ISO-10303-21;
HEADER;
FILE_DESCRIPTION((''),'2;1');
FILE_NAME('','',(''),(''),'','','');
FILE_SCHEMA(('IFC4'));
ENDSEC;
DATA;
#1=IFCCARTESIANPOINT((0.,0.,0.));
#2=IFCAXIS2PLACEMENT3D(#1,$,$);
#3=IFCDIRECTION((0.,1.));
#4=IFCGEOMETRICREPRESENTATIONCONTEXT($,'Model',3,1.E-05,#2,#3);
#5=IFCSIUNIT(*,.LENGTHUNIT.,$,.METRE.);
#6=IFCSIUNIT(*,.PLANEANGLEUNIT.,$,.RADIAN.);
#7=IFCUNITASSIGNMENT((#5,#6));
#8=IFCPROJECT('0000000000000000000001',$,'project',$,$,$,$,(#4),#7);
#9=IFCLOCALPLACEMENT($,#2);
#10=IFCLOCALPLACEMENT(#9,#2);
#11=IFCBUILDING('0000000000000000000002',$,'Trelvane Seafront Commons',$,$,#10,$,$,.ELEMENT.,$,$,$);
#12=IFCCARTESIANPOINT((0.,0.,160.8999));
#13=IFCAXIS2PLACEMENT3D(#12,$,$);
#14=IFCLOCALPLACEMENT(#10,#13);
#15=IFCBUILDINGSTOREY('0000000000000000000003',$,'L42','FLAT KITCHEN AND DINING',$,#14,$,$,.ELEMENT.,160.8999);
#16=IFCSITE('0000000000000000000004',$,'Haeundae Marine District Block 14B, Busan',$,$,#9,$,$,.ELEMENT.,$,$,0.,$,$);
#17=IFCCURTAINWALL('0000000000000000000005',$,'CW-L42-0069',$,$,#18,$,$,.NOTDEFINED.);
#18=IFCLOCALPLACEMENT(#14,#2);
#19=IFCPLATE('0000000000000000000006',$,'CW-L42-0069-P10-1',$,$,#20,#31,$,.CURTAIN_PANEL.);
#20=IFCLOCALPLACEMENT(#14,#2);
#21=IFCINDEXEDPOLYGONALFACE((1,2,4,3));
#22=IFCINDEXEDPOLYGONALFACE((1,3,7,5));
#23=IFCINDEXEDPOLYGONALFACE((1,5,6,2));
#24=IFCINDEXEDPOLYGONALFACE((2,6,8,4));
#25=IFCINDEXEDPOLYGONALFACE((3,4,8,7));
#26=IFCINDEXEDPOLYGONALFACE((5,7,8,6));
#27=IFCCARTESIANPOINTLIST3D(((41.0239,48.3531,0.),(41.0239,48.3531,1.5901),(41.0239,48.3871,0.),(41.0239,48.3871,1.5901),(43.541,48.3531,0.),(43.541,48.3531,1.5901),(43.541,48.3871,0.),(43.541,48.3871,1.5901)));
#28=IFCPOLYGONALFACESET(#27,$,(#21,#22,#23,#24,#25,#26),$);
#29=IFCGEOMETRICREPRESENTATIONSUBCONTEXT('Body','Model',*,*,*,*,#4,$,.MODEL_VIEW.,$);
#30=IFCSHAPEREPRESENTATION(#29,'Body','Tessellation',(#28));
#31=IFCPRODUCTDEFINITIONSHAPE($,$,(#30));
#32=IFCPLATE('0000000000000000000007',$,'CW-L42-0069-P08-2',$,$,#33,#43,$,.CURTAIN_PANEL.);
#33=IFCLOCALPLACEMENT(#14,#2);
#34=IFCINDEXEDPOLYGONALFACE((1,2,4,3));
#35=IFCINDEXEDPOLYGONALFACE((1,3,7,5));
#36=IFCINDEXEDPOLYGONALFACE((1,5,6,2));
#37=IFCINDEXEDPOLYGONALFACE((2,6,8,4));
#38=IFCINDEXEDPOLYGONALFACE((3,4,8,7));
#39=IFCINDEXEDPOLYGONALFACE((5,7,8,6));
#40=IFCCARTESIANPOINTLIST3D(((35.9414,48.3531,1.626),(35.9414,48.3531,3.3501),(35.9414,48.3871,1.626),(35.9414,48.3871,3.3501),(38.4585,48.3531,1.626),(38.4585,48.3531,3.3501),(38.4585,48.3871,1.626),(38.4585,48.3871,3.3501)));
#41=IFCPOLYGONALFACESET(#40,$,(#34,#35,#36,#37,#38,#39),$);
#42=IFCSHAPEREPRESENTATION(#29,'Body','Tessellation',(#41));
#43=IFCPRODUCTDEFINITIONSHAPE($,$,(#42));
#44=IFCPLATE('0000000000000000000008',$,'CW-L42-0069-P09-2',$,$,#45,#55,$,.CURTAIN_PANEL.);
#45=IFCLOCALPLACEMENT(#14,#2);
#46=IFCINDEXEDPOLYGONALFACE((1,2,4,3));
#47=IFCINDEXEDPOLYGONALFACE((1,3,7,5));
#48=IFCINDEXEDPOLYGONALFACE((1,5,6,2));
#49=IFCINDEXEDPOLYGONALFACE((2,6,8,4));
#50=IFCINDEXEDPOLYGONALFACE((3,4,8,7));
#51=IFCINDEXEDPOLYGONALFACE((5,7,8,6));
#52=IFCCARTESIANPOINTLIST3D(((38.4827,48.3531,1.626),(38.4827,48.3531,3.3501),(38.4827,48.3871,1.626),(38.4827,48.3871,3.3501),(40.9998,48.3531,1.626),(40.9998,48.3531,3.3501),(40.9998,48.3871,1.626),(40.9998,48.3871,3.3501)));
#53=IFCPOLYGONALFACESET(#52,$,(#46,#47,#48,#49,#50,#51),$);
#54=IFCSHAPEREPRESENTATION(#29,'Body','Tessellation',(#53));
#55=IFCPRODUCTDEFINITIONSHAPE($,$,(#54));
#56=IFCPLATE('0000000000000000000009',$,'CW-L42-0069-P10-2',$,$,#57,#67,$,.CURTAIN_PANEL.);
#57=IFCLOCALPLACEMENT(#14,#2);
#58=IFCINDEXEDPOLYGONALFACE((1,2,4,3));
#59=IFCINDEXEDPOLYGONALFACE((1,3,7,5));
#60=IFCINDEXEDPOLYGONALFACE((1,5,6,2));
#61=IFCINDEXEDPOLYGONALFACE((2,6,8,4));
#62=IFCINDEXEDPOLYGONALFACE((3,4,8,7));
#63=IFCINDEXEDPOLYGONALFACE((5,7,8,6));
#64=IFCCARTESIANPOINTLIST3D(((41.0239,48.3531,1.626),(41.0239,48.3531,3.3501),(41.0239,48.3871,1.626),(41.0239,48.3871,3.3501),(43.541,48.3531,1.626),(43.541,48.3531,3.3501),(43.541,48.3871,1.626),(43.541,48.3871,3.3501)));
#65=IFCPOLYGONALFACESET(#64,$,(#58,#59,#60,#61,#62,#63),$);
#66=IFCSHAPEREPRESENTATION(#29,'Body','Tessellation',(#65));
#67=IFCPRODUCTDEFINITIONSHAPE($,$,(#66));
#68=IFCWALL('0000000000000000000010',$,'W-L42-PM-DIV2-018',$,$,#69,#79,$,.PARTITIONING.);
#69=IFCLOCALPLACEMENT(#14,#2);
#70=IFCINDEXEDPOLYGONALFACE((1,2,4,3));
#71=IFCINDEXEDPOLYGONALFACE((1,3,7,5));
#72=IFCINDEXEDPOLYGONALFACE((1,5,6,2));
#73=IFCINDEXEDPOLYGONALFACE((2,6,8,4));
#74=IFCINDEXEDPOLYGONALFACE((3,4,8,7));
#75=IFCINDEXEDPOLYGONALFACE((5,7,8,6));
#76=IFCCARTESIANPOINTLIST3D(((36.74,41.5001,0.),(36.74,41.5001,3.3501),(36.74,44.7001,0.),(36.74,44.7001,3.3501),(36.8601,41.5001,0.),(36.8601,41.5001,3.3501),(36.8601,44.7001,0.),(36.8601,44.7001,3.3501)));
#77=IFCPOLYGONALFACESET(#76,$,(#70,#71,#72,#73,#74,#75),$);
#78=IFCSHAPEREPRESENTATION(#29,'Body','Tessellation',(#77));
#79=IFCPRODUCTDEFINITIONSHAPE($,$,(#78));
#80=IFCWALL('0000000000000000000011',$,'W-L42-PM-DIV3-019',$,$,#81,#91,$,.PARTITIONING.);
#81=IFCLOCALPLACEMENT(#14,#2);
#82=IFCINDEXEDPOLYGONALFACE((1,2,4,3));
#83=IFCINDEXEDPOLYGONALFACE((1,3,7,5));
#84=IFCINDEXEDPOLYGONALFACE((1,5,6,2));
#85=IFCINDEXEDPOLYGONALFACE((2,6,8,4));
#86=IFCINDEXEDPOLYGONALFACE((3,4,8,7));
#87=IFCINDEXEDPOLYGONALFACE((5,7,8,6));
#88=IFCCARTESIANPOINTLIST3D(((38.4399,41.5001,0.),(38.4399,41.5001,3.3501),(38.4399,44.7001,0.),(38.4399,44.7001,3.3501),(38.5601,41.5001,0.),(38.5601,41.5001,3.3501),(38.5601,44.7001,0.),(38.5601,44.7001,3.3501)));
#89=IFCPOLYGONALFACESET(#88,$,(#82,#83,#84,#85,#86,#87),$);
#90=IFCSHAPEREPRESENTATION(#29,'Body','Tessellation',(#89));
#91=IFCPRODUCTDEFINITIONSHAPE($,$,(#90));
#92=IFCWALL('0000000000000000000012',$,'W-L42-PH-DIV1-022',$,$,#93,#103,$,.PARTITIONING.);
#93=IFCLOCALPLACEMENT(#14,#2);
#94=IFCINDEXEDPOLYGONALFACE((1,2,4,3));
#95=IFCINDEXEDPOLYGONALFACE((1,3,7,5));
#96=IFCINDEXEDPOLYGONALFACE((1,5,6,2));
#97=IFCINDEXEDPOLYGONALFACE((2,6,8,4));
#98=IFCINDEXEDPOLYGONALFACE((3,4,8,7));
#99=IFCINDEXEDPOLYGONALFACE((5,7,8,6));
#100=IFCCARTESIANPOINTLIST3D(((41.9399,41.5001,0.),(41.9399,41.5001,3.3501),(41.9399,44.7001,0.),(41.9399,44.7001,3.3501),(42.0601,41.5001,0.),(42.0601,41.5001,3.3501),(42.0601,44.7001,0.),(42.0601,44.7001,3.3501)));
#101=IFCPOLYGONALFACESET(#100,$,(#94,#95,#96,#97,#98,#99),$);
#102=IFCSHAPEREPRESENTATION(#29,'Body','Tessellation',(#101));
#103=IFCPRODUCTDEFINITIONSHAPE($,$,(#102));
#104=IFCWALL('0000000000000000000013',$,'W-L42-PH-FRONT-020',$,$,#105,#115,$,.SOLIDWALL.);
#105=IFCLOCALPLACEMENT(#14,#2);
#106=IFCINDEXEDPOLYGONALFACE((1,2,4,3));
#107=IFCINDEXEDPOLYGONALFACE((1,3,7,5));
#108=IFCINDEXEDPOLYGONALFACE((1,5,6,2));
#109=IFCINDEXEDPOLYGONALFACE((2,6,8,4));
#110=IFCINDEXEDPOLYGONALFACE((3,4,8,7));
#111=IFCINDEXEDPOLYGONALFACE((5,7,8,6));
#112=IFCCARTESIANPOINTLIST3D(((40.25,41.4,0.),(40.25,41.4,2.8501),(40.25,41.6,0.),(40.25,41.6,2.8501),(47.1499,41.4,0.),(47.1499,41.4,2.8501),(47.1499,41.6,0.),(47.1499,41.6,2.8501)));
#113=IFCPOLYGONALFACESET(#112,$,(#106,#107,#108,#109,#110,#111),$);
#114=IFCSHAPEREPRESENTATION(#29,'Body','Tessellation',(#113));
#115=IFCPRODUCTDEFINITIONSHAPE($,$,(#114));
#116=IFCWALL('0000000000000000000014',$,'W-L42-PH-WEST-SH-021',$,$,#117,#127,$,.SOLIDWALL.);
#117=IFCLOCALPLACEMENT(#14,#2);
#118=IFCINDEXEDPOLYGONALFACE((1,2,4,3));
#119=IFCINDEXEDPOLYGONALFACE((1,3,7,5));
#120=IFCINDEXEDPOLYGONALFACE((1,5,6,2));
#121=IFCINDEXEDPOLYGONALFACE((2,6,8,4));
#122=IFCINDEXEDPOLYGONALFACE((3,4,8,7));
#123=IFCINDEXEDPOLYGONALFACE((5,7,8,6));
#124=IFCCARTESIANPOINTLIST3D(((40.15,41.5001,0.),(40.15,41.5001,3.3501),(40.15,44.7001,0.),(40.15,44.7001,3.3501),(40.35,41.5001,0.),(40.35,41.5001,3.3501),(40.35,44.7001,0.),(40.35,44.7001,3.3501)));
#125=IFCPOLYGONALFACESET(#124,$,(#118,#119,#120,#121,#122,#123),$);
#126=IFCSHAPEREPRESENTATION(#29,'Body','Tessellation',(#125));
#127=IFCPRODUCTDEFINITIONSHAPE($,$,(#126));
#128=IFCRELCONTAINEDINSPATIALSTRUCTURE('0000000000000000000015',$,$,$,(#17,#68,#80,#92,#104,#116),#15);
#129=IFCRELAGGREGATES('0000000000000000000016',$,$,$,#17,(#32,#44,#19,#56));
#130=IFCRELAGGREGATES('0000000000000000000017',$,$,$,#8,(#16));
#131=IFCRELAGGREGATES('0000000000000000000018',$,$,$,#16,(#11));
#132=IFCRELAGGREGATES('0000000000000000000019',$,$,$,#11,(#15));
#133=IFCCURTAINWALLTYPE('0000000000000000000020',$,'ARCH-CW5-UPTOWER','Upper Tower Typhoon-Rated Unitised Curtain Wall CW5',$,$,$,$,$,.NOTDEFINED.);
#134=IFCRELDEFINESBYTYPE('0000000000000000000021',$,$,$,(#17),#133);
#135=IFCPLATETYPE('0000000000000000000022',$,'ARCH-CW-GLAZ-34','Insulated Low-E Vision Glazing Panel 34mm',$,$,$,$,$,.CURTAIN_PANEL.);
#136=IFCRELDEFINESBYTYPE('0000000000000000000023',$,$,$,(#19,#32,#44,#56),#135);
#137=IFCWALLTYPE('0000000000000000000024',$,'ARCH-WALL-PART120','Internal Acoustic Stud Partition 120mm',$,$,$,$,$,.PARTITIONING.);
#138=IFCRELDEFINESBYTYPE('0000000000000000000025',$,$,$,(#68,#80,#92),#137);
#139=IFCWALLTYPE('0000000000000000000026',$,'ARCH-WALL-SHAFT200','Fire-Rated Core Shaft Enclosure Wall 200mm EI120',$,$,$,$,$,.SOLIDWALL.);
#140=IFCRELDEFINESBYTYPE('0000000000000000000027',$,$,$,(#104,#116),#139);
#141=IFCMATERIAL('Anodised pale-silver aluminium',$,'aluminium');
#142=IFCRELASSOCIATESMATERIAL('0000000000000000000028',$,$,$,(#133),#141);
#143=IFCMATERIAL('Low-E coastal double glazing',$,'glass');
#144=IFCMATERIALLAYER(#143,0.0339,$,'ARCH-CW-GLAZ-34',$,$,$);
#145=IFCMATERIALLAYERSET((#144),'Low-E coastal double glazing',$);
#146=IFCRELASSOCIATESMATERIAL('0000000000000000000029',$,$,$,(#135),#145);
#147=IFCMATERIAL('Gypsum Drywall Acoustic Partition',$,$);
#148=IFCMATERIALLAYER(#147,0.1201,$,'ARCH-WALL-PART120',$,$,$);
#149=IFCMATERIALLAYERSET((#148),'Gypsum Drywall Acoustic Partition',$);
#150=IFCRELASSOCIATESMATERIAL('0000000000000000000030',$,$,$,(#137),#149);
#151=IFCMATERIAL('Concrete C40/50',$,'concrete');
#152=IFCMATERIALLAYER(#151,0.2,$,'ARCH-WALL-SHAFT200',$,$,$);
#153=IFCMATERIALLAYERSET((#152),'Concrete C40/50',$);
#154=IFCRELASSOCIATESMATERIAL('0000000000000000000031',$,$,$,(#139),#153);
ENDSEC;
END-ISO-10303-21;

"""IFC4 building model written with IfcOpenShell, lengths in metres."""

from ifc_helpers import new_model, si_unit, direction, frame, frame_2d, origin, origin_2d, place, context, subcontext, project, spatial, rectangle, extrude, source, transform, mapped, material, layer, layer_set, type_object, element, aggregate, save


model = new_model("IFC4")

# Units and contexts
model_context = context("Model", 3, precision=1e-05, world=origin(), true_north=direction((0.0, 1.0)))
body_context = subcontext(model_context, "Body", "Model", "MODEL_VIEW")
ifc_project = project(units=[si_unit("LENGTHUNIT", "METRE"), si_unit("PLANEANGLEUNIT", "RADIAN")], contexts=[model_context])

# Site, building, storey
site_placement = place(None, origin())
site = spatial("IfcSite", under=ifc_project, at=site_placement, Name="Haeundae Marine District Block 14B, Busan", CompositionType="ELEMENT", RefElevation=0.0)
building_placement = place(site_placement, origin())
building = spatial("IfcBuilding", under=site, at=building_placement, Name="Trelvane Seafront Commons", CompositionType="ELEMENT")
storey_placement = place(building_placement, frame((0.0, 0.0, 160.8999)))
storey = spatial("IfcBuildingStorey", under=building, at=storey_placement, Name="L42", Description="FLAT KITCHEN AND DINING", CompositionType="ELEMENT", Elevation=160.8999)

# Curtain wall
ifc_material_1 = material(Name="Anodised pale-silver aluminium", Category="aluminium")
curtain_wall_type = type_object("IfcCurtainWallType", Name="ARCH-CW5-UPTOWER", Description="Upper Tower Typhoon-Rated Unitised Curtain Wall CW5", PredefinedType="NOTDEFINED", material=ifc_material_1)
curtain_wall_placement = place(storey_placement, origin())
curtain_wall = element("IfcCurtainWall", 1, at=curtain_wall_placement, inside=storey, type_object=curtain_wall_type, Name="CW-L42-0069", PredefinedType="NOTDEFINED")

# Plates
ifc_material_2 = material(Name="Low-E coastal double glazing", Category="glass")
ifc_layer_1 = layer(ifc_material_2, 0.0339, Name="ARCH-CW-GLAZ-34")
ifc_layer_set_1 = layer_set([ifc_layer_1], Name="Low-E coastal double glazing")
plate_type_1 = type_object("IfcPlateType", Name="ARCH-CW-GLAZ-34", Description="Insulated Low-E Vision Glazing Panel 34mm", PredefinedType="CURTAIN_PANEL", material=ifc_layer_set_1)
shared_shape_1 = source(origin(), body_context, "Body", "SweptSolid", [
    extrude(rectangle(XDim=2.5171, YDim=0.0339, at=origin_2d()), origin(), (0.0, 0.0, 1.0), 1.5901),
])
plate_1_placement = place(storey_placement, frame((42.2825, 48.3701, 0.0), z_axis=(0.0, 0.0, 1.0), x_axis=(1.0, 0.0, 0.0)))
plate_1 = element("IfcPlate", 2, at=plate_1_placement, type_object=plate_type_1, Name="CW-L42-0069-P10-1", PredefinedType="CURTAIN_PANEL", context=body_context, shape_type="MappedRepresentation", body=[
    mapped(shared_shape_1, transform((0.0, 0.0, 0.0), x_axis=(1.0, 0.0, 0.0), y_axis=(0.0, 1.0, 0.0), z_axis=(0.0, 0.0, 1.0), scale=1.0)),
])
shared_shape_2 = source(origin(), body_context, "Body", "SweptSolid", [
    extrude(rectangle(XDim=2.5171, YDim=0.0339, at=origin_2d()), origin(), (0.0, 0.0, 1.0), 1.7241),
])
plate_2_placement = place(storey_placement, frame((37.2, 48.3701, 1.626), z_axis=(0.0, 0.0, 1.0), x_axis=(1.0, 0.0, 0.0)))
plate_2 = element("IfcPlate", 3, at=plate_2_placement, type_object=plate_type_1, Name="CW-L42-0069-P08-2", PredefinedType="CURTAIN_PANEL", context=body_context, shape_type="MappedRepresentation", body=[
    mapped(shared_shape_2, transform((0.0, 0.0, 0.0), x_axis=(1.0, 0.0, 0.0), y_axis=(0.0, 1.0, 0.0), z_axis=(0.0, 0.0, 1.0), scale=1.0)),
])
plate_3_placement = place(storey_placement, frame((39.7412, 48.3701, 1.626), z_axis=(0.0, 0.0, 1.0), x_axis=(1.0, 0.0, 0.0)))
plate_3 = element("IfcPlate", 4, at=plate_3_placement, type_object=plate_type_1, Name="CW-L42-0069-P09-2", PredefinedType="CURTAIN_PANEL", context=body_context, shape_type="MappedRepresentation", body=[
    mapped(shared_shape_2, transform((0.0, 0.0, 0.0), x_axis=(1.0, 0.0, 0.0), y_axis=(0.0, 1.0, 0.0), z_axis=(0.0, 0.0, 1.0), scale=1.0)),
])
plate_4_placement = place(storey_placement, frame((42.2825, 48.3701, 1.626), z_axis=(0.0, 0.0, 1.0), x_axis=(1.0, 0.0, 0.0)))
plate_4 = element("IfcPlate", 5, at=plate_4_placement, type_object=plate_type_1, Name="CW-L42-0069-P10-2", PredefinedType="CURTAIN_PANEL", context=body_context, shape_type="MappedRepresentation", body=[
    mapped(shared_shape_2, transform((0.0, 0.0, 0.0), x_axis=(1.0, 0.0, 0.0), y_axis=(0.0, 1.0, 0.0), z_axis=(0.0, 0.0, 1.0), scale=1.0)),
])
aggregate(curtain_wall, [plate_2, plate_3, plate_1, plate_4])

# Walls
ifc_material_3 = material(Name="Gypsum Drywall Acoustic Partition")
ifc_layer_2 = layer(ifc_material_3, 0.1201, Name="ARCH-WALL-PART120")
ifc_layer_set_2 = layer_set([ifc_layer_2], Name="Gypsum Drywall Acoustic Partition")
wall_type_1 = type_object("IfcWallType", Name="ARCH-WALL-PART120", Description="Internal Acoustic Stud Partition 120mm", PredefinedType="PARTITIONING", material=ifc_layer_set_2)
for number, where, z_axis, x_axis, name in (
    (6, (36.8, 41.5, 0.0), (0.0, 0.0, 1.0), (0.0, 1.0, 0.0), "W-L42-PM-DIV2-018"),
    (7, (38.5, 41.5, 0.0), (0.0, 0.0, 1.0), (0.0, 1.0, 0.0), "W-L42-PM-DIV3-019"),
    (8, (42.0, 41.5, 0.0), (0.0, 0.0, 1.0), (0.0, 1.0, 0.0), "W-L42-PH-DIV1-022"),
):
    element("IfcWall", number, at=place(storey_placement, frame(where, z_axis=z_axis, x_axis=x_axis)), inside=storey, type_object=wall_type_1, Name=name, PredefinedType="PARTITIONING", context=body_context, shape_type="SweptSolid", body=[
        extrude(rectangle(XDim=3.2, YDim=0.1201, at=frame_2d((1.6001, 0.0))), origin(), (0.0, 0.0, 1.0), 3.3501),
    ])

# Walls
ifc_material_4 = material(Name="Concrete C40/50", Category="concrete")
ifc_layer_3 = layer(ifc_material_4, 0.2, Name="ARCH-WALL-SHAFT200")
ifc_layer_set_3 = layer_set([ifc_layer_3], Name="Concrete C40/50")
wall_type_2 = type_object("IfcWallType", Name="ARCH-WALL-SHAFT200", Description="Fire-Rated Core Shaft Enclosure Wall 200mm EI120", PredefinedType="SOLIDWALL", material=ifc_layer_set_3)
wall_1_placement = place(storey_placement, frame((40.25, 41.5, 0.0), z_axis=(0.0, 0.0, 1.0), x_axis=(1.0, 0.0, 0.0)))
element("IfcWall", 9, at=wall_1_placement, inside=storey, type_object=wall_type_2, Name="W-L42-PH-FRONT-020", PredefinedType="SOLIDWALL", context=body_context, shape_type="SweptSolid", body=[
    extrude(rectangle(XDim=6.8999, YDim=0.2, at=frame_2d((3.45, 0.0))), origin(), (0.0, 0.0, 1.0), 2.8501),
])
wall_2_placement = place(storey_placement, frame((40.25, 41.5, 0.0), z_axis=(0.0, 0.0, 1.0), x_axis=(0.0, 1.0, 0.0)))
element("IfcWall", 10, at=wall_2_placement, inside=storey, type_object=wall_type_2, Name="W-L42-PH-WEST-SH-021", PredefinedType="SOLIDWALL", context=body_context, shape_type="SweptSolid", body=[
    extrude(rectangle(XDim=3.2, YDim=0.2, at=frame_2d((1.6001, 0.0))), origin(), (0.0, 0.0, 1.0), 3.3501),
])

save(model, "model.ifc")
